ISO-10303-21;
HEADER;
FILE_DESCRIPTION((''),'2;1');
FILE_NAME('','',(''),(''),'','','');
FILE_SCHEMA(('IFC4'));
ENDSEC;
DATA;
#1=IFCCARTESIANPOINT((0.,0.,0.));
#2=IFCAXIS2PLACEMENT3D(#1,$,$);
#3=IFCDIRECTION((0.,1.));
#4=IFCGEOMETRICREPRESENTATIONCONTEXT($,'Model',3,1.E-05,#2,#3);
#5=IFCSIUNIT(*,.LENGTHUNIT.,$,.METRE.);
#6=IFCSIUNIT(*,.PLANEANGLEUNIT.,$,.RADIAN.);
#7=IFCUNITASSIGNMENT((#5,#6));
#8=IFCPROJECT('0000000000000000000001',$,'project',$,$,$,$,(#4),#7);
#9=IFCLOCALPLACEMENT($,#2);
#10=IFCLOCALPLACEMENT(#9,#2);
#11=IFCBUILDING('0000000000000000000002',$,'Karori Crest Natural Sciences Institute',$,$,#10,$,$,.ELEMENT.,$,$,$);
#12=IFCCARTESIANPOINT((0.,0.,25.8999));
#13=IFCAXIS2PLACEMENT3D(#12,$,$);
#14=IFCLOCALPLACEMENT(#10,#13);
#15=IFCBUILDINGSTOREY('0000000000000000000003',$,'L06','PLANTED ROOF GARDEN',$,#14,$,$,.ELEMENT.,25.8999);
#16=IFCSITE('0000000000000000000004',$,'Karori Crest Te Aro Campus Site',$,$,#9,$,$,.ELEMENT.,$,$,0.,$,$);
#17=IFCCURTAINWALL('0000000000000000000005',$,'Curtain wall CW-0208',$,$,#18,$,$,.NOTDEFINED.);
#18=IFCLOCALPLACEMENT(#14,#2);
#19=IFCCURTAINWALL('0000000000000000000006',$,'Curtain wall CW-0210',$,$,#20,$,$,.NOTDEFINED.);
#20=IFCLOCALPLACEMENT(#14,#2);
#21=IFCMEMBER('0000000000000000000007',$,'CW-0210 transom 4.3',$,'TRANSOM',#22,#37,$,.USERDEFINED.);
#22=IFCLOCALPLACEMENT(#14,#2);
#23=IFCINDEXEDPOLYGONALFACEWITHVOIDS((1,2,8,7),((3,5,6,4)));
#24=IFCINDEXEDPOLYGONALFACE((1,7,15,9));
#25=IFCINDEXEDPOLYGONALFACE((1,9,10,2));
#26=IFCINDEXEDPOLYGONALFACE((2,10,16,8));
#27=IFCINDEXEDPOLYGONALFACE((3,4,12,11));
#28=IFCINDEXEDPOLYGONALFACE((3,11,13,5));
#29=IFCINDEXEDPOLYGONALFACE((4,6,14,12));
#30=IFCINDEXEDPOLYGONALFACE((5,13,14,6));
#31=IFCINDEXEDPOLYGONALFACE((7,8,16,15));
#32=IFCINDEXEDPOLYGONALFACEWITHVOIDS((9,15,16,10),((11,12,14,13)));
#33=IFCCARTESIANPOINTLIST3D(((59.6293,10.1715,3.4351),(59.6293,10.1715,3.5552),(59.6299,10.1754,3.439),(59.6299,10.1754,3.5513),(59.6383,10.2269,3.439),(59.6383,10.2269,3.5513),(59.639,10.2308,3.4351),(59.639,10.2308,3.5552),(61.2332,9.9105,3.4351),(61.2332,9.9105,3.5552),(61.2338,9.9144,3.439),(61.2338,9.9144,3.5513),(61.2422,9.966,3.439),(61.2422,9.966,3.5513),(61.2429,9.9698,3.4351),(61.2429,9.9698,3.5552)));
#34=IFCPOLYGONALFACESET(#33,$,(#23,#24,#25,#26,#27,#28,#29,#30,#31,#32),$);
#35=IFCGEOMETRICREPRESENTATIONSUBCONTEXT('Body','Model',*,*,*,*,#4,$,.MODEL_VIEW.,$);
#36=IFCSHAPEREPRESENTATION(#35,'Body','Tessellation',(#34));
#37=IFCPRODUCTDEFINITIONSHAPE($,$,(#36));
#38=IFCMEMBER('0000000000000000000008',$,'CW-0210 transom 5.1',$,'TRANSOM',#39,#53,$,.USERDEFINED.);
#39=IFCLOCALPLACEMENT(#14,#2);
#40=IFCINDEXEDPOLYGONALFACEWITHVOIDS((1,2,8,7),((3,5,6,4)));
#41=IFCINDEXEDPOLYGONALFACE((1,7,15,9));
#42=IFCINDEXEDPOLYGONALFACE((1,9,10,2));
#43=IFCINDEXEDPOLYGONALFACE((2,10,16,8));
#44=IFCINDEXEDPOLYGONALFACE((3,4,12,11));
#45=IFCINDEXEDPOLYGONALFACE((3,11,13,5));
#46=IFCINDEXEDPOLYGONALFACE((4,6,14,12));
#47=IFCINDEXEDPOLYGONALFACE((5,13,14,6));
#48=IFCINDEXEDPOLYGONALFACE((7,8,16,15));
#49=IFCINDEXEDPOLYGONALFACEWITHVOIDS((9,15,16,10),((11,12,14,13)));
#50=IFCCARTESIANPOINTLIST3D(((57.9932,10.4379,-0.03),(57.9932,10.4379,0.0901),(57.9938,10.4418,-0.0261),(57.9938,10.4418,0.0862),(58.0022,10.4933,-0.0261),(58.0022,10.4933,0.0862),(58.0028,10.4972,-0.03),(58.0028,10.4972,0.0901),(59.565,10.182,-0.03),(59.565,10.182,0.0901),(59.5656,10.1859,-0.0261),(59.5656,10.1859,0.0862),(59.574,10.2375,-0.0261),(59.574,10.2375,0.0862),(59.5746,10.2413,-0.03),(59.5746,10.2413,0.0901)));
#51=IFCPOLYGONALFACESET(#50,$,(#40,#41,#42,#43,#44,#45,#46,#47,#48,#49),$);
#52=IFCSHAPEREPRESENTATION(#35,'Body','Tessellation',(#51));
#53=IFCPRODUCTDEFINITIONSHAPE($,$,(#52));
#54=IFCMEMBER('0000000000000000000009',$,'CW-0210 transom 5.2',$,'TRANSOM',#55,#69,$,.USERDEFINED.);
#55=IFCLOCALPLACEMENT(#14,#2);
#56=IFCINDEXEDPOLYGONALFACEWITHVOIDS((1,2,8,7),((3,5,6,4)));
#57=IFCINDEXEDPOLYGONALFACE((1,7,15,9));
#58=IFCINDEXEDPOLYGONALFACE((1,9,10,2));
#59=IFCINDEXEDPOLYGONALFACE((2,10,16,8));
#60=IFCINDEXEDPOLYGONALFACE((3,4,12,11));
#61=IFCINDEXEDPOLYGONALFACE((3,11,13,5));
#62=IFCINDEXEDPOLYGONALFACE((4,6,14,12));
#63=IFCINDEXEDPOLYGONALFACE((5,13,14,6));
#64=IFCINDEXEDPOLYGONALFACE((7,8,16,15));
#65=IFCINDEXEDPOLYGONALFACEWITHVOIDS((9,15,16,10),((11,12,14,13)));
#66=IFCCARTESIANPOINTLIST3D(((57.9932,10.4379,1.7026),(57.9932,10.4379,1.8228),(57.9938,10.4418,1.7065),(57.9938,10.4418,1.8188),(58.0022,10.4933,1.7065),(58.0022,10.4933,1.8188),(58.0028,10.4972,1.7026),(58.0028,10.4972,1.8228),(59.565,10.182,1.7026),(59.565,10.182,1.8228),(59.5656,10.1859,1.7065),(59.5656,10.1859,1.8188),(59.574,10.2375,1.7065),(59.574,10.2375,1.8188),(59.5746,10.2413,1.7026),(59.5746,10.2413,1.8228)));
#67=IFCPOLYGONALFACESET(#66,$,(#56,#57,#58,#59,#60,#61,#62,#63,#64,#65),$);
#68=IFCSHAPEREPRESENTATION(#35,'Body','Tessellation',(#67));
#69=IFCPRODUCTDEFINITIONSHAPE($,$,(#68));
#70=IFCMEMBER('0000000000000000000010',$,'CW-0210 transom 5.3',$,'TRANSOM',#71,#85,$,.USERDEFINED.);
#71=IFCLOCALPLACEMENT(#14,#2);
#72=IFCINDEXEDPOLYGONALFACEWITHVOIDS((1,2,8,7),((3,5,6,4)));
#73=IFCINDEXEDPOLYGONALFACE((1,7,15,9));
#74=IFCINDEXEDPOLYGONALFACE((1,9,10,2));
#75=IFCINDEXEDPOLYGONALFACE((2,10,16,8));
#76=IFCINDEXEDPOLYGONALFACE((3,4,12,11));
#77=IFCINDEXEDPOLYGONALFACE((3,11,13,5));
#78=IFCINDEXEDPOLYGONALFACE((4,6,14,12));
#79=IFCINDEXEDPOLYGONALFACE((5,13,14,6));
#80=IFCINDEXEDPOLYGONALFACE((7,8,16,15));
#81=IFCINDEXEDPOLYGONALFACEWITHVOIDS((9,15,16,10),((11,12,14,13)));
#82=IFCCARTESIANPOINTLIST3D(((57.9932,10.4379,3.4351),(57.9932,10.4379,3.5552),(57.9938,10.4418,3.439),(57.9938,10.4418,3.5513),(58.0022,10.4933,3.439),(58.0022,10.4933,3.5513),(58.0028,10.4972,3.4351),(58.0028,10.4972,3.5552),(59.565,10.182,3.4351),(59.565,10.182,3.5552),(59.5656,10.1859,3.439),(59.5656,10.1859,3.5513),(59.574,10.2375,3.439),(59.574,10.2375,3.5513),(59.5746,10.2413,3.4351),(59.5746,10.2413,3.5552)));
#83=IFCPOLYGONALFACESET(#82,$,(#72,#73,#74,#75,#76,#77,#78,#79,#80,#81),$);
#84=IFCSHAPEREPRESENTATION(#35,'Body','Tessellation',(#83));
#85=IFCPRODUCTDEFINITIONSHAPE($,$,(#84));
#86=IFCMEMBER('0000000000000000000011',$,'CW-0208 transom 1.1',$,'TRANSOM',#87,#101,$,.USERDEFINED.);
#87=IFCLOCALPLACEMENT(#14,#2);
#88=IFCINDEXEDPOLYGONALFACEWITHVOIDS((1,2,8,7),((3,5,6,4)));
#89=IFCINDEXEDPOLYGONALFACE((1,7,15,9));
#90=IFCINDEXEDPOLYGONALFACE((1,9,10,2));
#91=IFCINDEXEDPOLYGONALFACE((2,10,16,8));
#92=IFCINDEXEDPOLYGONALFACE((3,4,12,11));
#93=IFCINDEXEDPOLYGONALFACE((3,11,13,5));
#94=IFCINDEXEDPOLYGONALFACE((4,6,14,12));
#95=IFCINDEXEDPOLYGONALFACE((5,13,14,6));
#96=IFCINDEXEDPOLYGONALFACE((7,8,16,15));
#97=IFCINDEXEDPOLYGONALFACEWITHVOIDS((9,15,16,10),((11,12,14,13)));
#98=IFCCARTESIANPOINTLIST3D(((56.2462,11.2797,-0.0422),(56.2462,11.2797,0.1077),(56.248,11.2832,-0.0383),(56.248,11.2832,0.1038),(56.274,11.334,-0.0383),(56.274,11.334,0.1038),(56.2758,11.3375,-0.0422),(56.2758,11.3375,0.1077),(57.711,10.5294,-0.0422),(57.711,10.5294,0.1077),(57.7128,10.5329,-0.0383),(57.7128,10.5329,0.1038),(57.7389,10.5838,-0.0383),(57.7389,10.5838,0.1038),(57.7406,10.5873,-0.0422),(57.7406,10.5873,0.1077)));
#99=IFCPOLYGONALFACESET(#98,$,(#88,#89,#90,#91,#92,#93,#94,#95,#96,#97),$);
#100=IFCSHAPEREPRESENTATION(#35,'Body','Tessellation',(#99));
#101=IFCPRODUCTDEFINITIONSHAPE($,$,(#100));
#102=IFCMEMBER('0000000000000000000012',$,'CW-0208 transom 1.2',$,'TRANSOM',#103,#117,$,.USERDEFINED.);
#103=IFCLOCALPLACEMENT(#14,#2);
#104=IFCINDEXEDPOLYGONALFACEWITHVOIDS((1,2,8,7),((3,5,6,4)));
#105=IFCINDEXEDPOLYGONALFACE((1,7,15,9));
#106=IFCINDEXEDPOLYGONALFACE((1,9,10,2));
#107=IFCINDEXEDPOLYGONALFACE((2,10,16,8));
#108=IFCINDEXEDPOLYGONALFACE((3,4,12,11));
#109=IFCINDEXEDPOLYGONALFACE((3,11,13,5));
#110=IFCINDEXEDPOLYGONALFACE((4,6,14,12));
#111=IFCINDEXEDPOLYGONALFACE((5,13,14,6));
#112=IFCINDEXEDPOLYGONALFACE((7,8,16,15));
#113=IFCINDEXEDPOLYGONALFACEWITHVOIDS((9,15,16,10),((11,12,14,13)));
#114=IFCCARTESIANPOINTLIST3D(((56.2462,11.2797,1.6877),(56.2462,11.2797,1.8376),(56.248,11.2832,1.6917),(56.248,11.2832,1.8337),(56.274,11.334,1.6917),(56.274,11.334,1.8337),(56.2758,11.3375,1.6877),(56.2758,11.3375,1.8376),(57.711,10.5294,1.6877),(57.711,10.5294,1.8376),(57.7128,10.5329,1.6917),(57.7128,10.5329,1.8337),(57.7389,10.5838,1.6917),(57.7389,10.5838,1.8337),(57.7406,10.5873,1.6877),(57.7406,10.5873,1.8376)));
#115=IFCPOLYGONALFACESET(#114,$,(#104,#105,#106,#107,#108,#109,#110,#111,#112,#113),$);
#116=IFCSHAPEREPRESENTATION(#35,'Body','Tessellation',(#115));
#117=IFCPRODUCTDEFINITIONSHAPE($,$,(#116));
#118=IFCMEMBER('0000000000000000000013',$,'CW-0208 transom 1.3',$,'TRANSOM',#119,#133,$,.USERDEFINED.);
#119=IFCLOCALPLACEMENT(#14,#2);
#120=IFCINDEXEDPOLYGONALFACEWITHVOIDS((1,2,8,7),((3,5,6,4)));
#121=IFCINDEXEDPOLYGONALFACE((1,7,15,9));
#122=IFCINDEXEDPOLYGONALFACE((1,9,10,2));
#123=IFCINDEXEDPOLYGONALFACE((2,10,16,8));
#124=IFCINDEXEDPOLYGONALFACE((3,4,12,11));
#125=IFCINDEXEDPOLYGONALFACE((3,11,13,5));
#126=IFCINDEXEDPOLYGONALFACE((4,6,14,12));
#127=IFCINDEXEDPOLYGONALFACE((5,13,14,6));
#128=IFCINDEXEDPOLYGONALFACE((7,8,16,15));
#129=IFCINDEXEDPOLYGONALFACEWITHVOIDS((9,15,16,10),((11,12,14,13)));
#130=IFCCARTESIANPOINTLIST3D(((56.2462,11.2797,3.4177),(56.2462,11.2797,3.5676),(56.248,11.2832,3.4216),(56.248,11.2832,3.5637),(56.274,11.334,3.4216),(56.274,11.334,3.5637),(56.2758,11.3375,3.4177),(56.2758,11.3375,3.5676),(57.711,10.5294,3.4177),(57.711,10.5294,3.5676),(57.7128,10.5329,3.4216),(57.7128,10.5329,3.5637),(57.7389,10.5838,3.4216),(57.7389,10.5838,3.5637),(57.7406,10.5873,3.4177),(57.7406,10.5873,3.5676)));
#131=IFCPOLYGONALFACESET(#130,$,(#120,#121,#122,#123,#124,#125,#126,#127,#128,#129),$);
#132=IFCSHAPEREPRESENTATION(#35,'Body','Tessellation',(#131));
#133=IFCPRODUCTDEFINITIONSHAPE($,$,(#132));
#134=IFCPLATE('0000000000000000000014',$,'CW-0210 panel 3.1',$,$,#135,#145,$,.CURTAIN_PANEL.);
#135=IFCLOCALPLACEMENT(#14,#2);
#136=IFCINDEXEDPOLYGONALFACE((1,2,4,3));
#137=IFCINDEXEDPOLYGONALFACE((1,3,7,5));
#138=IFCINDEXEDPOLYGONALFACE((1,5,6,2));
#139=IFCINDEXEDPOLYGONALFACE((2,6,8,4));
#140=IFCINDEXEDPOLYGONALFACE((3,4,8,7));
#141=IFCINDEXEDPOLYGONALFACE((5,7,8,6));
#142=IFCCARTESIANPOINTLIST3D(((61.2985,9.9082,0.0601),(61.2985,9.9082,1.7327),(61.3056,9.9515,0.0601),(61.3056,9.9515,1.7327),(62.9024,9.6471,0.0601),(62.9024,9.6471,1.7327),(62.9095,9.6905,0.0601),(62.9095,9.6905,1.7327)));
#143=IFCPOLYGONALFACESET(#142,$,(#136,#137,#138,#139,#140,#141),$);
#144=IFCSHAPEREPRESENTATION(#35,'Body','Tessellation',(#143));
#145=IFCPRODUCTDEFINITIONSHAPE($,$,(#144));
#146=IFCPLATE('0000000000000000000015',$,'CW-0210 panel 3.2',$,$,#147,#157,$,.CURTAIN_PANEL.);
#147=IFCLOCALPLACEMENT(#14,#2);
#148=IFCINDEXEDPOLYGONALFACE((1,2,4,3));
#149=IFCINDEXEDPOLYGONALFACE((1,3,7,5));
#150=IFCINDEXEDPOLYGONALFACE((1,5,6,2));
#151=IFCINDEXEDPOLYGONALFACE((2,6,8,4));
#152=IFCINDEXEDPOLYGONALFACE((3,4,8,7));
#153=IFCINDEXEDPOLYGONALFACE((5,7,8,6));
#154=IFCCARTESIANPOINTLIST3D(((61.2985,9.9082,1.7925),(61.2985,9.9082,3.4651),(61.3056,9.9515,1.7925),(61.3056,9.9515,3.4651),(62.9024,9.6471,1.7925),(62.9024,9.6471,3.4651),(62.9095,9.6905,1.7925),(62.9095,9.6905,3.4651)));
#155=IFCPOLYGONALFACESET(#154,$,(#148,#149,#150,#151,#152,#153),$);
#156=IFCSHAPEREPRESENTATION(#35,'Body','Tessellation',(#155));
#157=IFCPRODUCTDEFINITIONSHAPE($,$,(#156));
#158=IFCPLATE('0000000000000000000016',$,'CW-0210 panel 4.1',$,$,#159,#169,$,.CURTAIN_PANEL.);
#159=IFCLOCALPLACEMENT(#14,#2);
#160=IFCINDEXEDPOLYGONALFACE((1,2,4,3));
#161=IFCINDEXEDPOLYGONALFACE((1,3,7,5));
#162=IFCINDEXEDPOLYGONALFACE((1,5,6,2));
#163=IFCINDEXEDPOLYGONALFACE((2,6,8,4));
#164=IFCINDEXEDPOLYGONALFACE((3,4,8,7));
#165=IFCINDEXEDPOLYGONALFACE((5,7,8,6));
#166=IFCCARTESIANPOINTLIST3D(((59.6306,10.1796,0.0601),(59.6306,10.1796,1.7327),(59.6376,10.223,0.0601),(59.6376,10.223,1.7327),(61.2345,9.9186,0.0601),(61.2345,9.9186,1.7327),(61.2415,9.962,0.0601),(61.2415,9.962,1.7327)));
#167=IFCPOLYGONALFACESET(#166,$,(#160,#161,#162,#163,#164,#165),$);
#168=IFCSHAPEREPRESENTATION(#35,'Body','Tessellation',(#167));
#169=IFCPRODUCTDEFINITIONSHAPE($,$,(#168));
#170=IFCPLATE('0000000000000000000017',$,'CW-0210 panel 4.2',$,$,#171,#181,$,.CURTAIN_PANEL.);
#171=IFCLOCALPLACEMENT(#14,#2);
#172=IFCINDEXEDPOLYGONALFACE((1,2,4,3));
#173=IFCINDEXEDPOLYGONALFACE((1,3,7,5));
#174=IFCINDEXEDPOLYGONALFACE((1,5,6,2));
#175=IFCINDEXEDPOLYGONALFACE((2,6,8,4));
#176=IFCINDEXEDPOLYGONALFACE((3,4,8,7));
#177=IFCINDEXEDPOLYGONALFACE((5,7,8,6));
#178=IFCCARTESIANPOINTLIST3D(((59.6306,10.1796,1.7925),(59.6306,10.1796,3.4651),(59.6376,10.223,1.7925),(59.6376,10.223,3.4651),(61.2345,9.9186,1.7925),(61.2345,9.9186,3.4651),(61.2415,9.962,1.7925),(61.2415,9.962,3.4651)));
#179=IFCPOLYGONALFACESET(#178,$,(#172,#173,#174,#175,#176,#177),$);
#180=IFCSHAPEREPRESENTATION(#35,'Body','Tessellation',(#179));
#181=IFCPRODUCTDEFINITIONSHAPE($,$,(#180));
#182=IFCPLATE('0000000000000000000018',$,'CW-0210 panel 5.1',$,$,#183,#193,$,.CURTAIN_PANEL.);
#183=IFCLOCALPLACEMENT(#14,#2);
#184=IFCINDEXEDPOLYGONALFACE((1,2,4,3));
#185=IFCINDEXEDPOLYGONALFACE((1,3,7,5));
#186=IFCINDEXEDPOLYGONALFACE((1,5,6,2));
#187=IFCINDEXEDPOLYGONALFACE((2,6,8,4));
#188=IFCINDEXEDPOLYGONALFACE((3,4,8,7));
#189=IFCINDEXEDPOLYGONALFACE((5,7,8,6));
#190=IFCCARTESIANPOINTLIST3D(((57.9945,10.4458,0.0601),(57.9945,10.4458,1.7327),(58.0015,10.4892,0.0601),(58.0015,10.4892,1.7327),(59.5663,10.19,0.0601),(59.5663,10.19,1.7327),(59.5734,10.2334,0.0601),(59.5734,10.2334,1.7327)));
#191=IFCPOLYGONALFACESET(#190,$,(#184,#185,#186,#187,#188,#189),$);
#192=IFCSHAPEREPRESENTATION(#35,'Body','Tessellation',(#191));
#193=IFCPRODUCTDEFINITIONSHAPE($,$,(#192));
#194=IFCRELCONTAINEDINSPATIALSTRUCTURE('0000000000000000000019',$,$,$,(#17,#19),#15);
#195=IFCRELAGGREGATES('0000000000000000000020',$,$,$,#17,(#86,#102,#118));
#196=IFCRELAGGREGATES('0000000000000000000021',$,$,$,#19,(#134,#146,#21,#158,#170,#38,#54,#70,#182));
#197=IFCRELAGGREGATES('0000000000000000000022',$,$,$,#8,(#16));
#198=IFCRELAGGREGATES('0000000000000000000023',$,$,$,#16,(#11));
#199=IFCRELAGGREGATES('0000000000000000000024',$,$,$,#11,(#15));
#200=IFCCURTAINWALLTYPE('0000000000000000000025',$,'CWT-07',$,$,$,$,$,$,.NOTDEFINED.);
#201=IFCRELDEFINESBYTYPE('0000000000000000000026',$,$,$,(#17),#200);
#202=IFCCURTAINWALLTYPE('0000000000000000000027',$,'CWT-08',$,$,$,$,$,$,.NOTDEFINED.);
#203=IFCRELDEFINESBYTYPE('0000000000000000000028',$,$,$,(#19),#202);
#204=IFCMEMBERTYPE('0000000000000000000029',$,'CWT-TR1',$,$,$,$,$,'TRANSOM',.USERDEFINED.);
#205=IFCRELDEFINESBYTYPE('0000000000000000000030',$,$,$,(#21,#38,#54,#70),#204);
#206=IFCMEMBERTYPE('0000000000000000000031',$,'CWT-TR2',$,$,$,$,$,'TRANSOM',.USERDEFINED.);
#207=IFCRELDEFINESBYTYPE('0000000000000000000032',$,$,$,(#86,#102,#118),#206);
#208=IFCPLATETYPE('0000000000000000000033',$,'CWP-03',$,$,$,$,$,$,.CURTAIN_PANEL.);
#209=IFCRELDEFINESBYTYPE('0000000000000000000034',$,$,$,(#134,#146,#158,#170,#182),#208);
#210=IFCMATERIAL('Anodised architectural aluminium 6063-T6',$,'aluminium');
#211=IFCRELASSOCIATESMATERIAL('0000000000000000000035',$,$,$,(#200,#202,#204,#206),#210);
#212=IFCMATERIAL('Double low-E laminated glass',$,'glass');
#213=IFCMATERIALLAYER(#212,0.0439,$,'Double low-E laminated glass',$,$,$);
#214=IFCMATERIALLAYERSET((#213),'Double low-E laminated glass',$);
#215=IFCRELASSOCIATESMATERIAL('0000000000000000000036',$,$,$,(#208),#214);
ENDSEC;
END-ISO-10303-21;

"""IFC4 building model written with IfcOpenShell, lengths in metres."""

from ifc_helpers import new_model, si_unit, direction, frame, origin, origin_2d, place, context, subcontext, project, spatial, rectangle, hollow_rectangle, extrude, material, layer, layer_set, material_profile, profile_set, type_object, element, aggregate, save


model = new_model("IFC4")

# Units and contexts
model_context = context("Model", 3, precision=1e-05, world=origin(), true_north=direction((0.0, 1.0)))
body_context = subcontext(model_context, "Body", "Model", "MODEL_VIEW")
ifc_project = project(units=[si_unit("LENGTHUNIT", "METRE"), si_unit("PLANEANGLEUNIT", "RADIAN")], contexts=[model_context])

# Site, building, storey
site_placement = place(None, origin())
site = spatial("IfcSite", under=ifc_project, at=site_placement, Name="Karori Crest Te Aro Campus Site", CompositionType="ELEMENT", RefElevation=0.0)
building_placement = place(site_placement, origin())
building = spatial("IfcBuilding", under=site, at=building_placement, Name="Karori Crest Natural Sciences Institute", CompositionType="ELEMENT")
storey_placement = place(building_placement, frame((0.0, 0.0, 25.8999)))
storey = spatial("IfcBuildingStorey", under=building, at=storey_placement, Name="L06", Description="PLANTED ROOF GARDEN", CompositionType="ELEMENT", Elevation=25.8999)

# Curtain wall
ifc_material_1 = material(Name="Anodised architectural aluminium 6063-T6", Category="aluminium")
curtain_wall_type_1 = type_object("IfcCurtainWallType", Name="CWT-07", PredefinedType="NOTDEFINED", material=ifc_material_1)
curtain_wall_1_placement = place(storey_placement, origin())
curtain_wall_1 = element("IfcCurtainWall", 1, at=curtain_wall_1_placement, inside=storey, type_object=curtain_wall_type_1, Name="Curtain wall CW-0208", PredefinedType="NOTDEFINED")

# Curtain wall, members
curtain_wall_type_2 = type_object("IfcCurtainWallType", Name="CWT-08", PredefinedType="NOTDEFINED", material=ifc_material_1)
curtain_wall_2_placement = place(storey_placement, origin())
curtain_wall_2 = element("IfcCurtainWall", 2, at=curtain_wall_2_placement, inside=storey, type_object=curtain_wall_type_2, Name="Curtain wall CW-0210", PredefinedType="NOTDEFINED")
ifc_material_profile_1 = material_profile(ifc_material_1, hollow_rectangle(XDim=0.0601, YDim=0.1201, WallThickness=0.0039, at=origin_2d()), Name="CWT120x60x4")
ifc_profile_set_1 = profile_set([ifc_material_profile_1], Name="Anodised architectural aluminium 6063-T6")
member_type_1 = type_object("IfcMemberType", Name="CWT-TR1", ElementType="TRANSOM", PredefinedType="USERDEFINED", material=ifc_profile_set_1)
member_1_placement = place(storey_placement, frame((61.238, 9.9402, 3.4951), z_axis=(-0.98702, 0.160597, 0.0), x_axis=(-0.160597, -0.98702, 0.0)))
member_1 = element("IfcMember", 3, at=member_1_placement, type_object=member_type_1, Name="CW-0210 transom 4.3", ObjectType="TRANSOM", PredefinedType="USERDEFINED", context=body_context, shape_type="SweptSolid", body=[
    extrude(hollow_rectangle(XDim=0.0601, YDim=0.1201, WallThickness=0.0039, at=origin_2d()), origin(), (0.0, 0.0, 1.0), 1.625),
])
member_2_placement = place(storey_placement, frame((59.5698, 10.2117, 0.03), z_axis=(-0.987008, 0.160669, 0.0), x_axis=(-0.160669, -0.987008, 0.0)))
member_2 = element("IfcMember", 4, at=member_2_placement, type_object=member_type_1, Name="CW-0210 transom 5.1", ObjectType="TRANSOM", PredefinedType="USERDEFINED", context=body_context, shape_type="SweptSolid", body=[
    extrude(hollow_rectangle(XDim=0.0601, YDim=0.1201, WallThickness=0.0039, at=origin_2d()), origin(), (0.0, 0.0, 1.0), 1.5925),
])
member_3_placement = place(storey_placement, frame((59.5698, 10.2117, 1.7627), z_axis=(-0.987008, 0.160669, 0.0), x_axis=(-0.160669, -0.987008, 0.0)))
member_3 = element("IfcMember", 5, at=member_3_placement, type_object=member_type_1, Name="CW-0210 transom 5.2", ObjectType="TRANSOM", PredefinedType="USERDEFINED", context=body_context, shape_type="SweptSolid", body=[
    extrude(hollow_rectangle(XDim=0.0601, YDim=0.1201, WallThickness=0.0039, at=origin_2d()), origin(), (0.0, 0.0, 1.0), 1.5925),
])
member_4_placement = place(storey_placement, frame((59.5698, 10.2117, 3.4951), z_axis=(-0.987008, 0.160669, 0.0), x_axis=(-0.160669, -0.987008, 0.0)))
member_4 = element("IfcMember", 6, at=member_4_placement, type_object=member_type_1, Name="CW-0210 transom 5.3", ObjectType="TRANSOM", PredefinedType="USERDEFINED", context=body_context, shape_type="SweptSolid", body=[
    extrude(hollow_rectangle(XDim=0.0601, YDim=0.1201, WallThickness=0.0039, at=origin_2d()), origin(), (0.0, 0.0, 1.0), 1.5925),
])

# Members
ifc_material_profile_2 = material_profile(ifc_material_1, hollow_rectangle(XDim=0.0649, YDim=0.1499, WallThickness=0.0039, at=origin_2d()), Name="CWT150x65x4")
ifc_profile_set_2 = profile_set([ifc_material_profile_2], Name="Anodised architectural aluminium 6063-T6")
member_type_2 = type_object("IfcMemberType", Name="CWT-TR2", ElementType="TRANSOM", PredefinedType="USERDEFINED", material=ifc_profile_set_2)
member_5_placement = place(storey_placement, frame((57.7258, 10.5583, 0.0327), z_axis=(-0.890054, 0.455856, 0.0), x_axis=(-0.455856, -0.890054, 0.0)))
member_5 = element("IfcMember", 7, at=member_5_placement, type_object=member_type_2, Name="CW-0208 transom 1.1", ObjectType="TRANSOM", PredefinedType="USERDEFINED", context=body_context, shape_type="SweptSolid", body=[
    extrude(hollow_rectangle(XDim=0.0649, YDim=0.1499, WallThickness=0.0039, at=origin_2d()), origin(), (0.0, 0.0, 1.0), 1.6458),
])
member_6_placement = place(storey_placement, frame((57.7258, 10.5583, 1.7627), z_axis=(-0.890054, 0.455856, 0.0), x_axis=(-0.455856, -0.890054, 0.0)))
member_6 = element("IfcMember", 8, at=member_6_placement, type_object=member_type_2, Name="CW-0208 transom 1.2", ObjectType="TRANSOM", PredefinedType="USERDEFINED", context=body_context, shape_type="SweptSolid", body=[
    extrude(hollow_rectangle(XDim=0.0649, YDim=0.1499, WallThickness=0.0039, at=origin_2d()), origin(), (0.0, 0.0, 1.0), 1.6458),
])
member_7_placement = place(storey_placement, frame((57.7258, 10.5583, 3.4927), z_axis=(-0.890054, 0.455856, 0.0), x_axis=(-0.455856, -0.890054, 0.0)))
member_7 = element("IfcMember", 9, at=member_7_placement, type_object=member_type_2, Name="CW-0208 transom 1.3", ObjectType="TRANSOM", PredefinedType="USERDEFINED", context=body_context, shape_type="SweptSolid", body=[
    extrude(hollow_rectangle(XDim=0.0649, YDim=0.1499, WallThickness=0.0039, at=origin_2d()), origin(), (0.0, 0.0, 1.0), 1.6458),
])
aggregate(curtain_wall_1, [member_5, member_6, member_7])

# Plates
ifc_material_2 = material(Name="Double low-E laminated glass", Category="glass")
ifc_layer_1 = layer(ifc_material_2, 0.0439, Name="Double low-E laminated glass")
ifc_layer_set_1 = layer_set([ifc_layer_1], Name="Double low-E laminated glass")
plate_type = type_object("IfcPlateType", Name="CWP-03", PredefinedType="CURTAIN_PANEL", material=ifc_layer_set_1)
plate_1_placement = place(storey_placement, frame((62.104, 9.7993, 0.0601), z_axis=(0.0, 0.0, 1.0), x_axis=(-0.987011, 0.160655, 0.0)))
plate_1 = element("IfcPlate", 10, at=plate_1_placement, type_object=plate_type, Name="CW-0210 panel 3.1", PredefinedType="CURTAIN_PANEL", context=body_context, shape_type="SweptSolid", body=[
    extrude(rectangle(XDim=1.625, YDim=0.0439, at=origin_2d()), origin(), (0.0, 0.0, 1.0), 1.6726),
])
plate_2_placement = place(storey_placement, frame((62.104, 9.7993, 1.7925), z_axis=(0.0, 0.0, 1.0), x_axis=(-0.987011, 0.160655, 0.0)))
plate_2 = element("IfcPlate", 11, at=plate_2_placement, type_object=plate_type, Name="CW-0210 panel 3.2", PredefinedType="CURTAIN_PANEL", context=body_context, shape_type="SweptSolid", body=[
    extrude(rectangle(XDim=1.625, YDim=0.0439, at=origin_2d()), origin(), (0.0, 0.0, 1.0), 1.6726),
])
plate_3_placement = place(storey_placement, frame((60.436, 10.0708, 0.0601), z_axis=(0.0, 0.0, 1.0), x_axis=(-0.987011, 0.160655, 0.0)))
plate_3 = element("IfcPlate", 12, at=plate_3_placement, type_object=plate_type, Name="CW-0210 panel 4.1", PredefinedType="CURTAIN_PANEL", context=body_context, shape_type="SweptSolid", body=[
    extrude(rectangle(XDim=1.625, YDim=0.0439, at=origin_2d()), origin(), (0.0, 0.0, 1.0), 1.6726),
])
plate_4_placement = place(storey_placement, frame((60.436, 10.0708, 1.7925), z_axis=(0.0, 0.0, 1.0), x_axis=(-0.987011, 0.160655, 0.0)))
plate_4 = element("IfcPlate", 13, at=plate_4_placement, type_object=plate_type, Name="CW-0210 panel 4.2", PredefinedType="CURTAIN_PANEL", context=body_context, shape_type="SweptSolid", body=[
    extrude(rectangle(XDim=1.625, YDim=0.0439, at=origin_2d()), origin(), (0.0, 0.0, 1.0), 1.6726),
])
plate_5_placement = place(storey_placement, frame((58.7839, 10.3396, 0.0601), z_axis=(0.0, 0.0, 1.0), x_axis=(-0.987011, 0.160655, 0.0)))
plate_5 = element("IfcPlate", 14, at=plate_5_placement, type_object=plate_type, Name="CW-0210 panel 5.1", PredefinedType="CURTAIN_PANEL", context=body_context, shape_type="SweptSolid", body=[
    extrude(rectangle(XDim=1.5925, YDim=0.0439, at=origin_2d()), origin(), (0.0, 0.0, 1.0), 1.6726),
])
aggregate(curtain_wall_2, [plate_1, plate_2, member_1, plate_3, plate_4, member_2, member_3, member_4, plate_5])

save(model, "model.ifc")
